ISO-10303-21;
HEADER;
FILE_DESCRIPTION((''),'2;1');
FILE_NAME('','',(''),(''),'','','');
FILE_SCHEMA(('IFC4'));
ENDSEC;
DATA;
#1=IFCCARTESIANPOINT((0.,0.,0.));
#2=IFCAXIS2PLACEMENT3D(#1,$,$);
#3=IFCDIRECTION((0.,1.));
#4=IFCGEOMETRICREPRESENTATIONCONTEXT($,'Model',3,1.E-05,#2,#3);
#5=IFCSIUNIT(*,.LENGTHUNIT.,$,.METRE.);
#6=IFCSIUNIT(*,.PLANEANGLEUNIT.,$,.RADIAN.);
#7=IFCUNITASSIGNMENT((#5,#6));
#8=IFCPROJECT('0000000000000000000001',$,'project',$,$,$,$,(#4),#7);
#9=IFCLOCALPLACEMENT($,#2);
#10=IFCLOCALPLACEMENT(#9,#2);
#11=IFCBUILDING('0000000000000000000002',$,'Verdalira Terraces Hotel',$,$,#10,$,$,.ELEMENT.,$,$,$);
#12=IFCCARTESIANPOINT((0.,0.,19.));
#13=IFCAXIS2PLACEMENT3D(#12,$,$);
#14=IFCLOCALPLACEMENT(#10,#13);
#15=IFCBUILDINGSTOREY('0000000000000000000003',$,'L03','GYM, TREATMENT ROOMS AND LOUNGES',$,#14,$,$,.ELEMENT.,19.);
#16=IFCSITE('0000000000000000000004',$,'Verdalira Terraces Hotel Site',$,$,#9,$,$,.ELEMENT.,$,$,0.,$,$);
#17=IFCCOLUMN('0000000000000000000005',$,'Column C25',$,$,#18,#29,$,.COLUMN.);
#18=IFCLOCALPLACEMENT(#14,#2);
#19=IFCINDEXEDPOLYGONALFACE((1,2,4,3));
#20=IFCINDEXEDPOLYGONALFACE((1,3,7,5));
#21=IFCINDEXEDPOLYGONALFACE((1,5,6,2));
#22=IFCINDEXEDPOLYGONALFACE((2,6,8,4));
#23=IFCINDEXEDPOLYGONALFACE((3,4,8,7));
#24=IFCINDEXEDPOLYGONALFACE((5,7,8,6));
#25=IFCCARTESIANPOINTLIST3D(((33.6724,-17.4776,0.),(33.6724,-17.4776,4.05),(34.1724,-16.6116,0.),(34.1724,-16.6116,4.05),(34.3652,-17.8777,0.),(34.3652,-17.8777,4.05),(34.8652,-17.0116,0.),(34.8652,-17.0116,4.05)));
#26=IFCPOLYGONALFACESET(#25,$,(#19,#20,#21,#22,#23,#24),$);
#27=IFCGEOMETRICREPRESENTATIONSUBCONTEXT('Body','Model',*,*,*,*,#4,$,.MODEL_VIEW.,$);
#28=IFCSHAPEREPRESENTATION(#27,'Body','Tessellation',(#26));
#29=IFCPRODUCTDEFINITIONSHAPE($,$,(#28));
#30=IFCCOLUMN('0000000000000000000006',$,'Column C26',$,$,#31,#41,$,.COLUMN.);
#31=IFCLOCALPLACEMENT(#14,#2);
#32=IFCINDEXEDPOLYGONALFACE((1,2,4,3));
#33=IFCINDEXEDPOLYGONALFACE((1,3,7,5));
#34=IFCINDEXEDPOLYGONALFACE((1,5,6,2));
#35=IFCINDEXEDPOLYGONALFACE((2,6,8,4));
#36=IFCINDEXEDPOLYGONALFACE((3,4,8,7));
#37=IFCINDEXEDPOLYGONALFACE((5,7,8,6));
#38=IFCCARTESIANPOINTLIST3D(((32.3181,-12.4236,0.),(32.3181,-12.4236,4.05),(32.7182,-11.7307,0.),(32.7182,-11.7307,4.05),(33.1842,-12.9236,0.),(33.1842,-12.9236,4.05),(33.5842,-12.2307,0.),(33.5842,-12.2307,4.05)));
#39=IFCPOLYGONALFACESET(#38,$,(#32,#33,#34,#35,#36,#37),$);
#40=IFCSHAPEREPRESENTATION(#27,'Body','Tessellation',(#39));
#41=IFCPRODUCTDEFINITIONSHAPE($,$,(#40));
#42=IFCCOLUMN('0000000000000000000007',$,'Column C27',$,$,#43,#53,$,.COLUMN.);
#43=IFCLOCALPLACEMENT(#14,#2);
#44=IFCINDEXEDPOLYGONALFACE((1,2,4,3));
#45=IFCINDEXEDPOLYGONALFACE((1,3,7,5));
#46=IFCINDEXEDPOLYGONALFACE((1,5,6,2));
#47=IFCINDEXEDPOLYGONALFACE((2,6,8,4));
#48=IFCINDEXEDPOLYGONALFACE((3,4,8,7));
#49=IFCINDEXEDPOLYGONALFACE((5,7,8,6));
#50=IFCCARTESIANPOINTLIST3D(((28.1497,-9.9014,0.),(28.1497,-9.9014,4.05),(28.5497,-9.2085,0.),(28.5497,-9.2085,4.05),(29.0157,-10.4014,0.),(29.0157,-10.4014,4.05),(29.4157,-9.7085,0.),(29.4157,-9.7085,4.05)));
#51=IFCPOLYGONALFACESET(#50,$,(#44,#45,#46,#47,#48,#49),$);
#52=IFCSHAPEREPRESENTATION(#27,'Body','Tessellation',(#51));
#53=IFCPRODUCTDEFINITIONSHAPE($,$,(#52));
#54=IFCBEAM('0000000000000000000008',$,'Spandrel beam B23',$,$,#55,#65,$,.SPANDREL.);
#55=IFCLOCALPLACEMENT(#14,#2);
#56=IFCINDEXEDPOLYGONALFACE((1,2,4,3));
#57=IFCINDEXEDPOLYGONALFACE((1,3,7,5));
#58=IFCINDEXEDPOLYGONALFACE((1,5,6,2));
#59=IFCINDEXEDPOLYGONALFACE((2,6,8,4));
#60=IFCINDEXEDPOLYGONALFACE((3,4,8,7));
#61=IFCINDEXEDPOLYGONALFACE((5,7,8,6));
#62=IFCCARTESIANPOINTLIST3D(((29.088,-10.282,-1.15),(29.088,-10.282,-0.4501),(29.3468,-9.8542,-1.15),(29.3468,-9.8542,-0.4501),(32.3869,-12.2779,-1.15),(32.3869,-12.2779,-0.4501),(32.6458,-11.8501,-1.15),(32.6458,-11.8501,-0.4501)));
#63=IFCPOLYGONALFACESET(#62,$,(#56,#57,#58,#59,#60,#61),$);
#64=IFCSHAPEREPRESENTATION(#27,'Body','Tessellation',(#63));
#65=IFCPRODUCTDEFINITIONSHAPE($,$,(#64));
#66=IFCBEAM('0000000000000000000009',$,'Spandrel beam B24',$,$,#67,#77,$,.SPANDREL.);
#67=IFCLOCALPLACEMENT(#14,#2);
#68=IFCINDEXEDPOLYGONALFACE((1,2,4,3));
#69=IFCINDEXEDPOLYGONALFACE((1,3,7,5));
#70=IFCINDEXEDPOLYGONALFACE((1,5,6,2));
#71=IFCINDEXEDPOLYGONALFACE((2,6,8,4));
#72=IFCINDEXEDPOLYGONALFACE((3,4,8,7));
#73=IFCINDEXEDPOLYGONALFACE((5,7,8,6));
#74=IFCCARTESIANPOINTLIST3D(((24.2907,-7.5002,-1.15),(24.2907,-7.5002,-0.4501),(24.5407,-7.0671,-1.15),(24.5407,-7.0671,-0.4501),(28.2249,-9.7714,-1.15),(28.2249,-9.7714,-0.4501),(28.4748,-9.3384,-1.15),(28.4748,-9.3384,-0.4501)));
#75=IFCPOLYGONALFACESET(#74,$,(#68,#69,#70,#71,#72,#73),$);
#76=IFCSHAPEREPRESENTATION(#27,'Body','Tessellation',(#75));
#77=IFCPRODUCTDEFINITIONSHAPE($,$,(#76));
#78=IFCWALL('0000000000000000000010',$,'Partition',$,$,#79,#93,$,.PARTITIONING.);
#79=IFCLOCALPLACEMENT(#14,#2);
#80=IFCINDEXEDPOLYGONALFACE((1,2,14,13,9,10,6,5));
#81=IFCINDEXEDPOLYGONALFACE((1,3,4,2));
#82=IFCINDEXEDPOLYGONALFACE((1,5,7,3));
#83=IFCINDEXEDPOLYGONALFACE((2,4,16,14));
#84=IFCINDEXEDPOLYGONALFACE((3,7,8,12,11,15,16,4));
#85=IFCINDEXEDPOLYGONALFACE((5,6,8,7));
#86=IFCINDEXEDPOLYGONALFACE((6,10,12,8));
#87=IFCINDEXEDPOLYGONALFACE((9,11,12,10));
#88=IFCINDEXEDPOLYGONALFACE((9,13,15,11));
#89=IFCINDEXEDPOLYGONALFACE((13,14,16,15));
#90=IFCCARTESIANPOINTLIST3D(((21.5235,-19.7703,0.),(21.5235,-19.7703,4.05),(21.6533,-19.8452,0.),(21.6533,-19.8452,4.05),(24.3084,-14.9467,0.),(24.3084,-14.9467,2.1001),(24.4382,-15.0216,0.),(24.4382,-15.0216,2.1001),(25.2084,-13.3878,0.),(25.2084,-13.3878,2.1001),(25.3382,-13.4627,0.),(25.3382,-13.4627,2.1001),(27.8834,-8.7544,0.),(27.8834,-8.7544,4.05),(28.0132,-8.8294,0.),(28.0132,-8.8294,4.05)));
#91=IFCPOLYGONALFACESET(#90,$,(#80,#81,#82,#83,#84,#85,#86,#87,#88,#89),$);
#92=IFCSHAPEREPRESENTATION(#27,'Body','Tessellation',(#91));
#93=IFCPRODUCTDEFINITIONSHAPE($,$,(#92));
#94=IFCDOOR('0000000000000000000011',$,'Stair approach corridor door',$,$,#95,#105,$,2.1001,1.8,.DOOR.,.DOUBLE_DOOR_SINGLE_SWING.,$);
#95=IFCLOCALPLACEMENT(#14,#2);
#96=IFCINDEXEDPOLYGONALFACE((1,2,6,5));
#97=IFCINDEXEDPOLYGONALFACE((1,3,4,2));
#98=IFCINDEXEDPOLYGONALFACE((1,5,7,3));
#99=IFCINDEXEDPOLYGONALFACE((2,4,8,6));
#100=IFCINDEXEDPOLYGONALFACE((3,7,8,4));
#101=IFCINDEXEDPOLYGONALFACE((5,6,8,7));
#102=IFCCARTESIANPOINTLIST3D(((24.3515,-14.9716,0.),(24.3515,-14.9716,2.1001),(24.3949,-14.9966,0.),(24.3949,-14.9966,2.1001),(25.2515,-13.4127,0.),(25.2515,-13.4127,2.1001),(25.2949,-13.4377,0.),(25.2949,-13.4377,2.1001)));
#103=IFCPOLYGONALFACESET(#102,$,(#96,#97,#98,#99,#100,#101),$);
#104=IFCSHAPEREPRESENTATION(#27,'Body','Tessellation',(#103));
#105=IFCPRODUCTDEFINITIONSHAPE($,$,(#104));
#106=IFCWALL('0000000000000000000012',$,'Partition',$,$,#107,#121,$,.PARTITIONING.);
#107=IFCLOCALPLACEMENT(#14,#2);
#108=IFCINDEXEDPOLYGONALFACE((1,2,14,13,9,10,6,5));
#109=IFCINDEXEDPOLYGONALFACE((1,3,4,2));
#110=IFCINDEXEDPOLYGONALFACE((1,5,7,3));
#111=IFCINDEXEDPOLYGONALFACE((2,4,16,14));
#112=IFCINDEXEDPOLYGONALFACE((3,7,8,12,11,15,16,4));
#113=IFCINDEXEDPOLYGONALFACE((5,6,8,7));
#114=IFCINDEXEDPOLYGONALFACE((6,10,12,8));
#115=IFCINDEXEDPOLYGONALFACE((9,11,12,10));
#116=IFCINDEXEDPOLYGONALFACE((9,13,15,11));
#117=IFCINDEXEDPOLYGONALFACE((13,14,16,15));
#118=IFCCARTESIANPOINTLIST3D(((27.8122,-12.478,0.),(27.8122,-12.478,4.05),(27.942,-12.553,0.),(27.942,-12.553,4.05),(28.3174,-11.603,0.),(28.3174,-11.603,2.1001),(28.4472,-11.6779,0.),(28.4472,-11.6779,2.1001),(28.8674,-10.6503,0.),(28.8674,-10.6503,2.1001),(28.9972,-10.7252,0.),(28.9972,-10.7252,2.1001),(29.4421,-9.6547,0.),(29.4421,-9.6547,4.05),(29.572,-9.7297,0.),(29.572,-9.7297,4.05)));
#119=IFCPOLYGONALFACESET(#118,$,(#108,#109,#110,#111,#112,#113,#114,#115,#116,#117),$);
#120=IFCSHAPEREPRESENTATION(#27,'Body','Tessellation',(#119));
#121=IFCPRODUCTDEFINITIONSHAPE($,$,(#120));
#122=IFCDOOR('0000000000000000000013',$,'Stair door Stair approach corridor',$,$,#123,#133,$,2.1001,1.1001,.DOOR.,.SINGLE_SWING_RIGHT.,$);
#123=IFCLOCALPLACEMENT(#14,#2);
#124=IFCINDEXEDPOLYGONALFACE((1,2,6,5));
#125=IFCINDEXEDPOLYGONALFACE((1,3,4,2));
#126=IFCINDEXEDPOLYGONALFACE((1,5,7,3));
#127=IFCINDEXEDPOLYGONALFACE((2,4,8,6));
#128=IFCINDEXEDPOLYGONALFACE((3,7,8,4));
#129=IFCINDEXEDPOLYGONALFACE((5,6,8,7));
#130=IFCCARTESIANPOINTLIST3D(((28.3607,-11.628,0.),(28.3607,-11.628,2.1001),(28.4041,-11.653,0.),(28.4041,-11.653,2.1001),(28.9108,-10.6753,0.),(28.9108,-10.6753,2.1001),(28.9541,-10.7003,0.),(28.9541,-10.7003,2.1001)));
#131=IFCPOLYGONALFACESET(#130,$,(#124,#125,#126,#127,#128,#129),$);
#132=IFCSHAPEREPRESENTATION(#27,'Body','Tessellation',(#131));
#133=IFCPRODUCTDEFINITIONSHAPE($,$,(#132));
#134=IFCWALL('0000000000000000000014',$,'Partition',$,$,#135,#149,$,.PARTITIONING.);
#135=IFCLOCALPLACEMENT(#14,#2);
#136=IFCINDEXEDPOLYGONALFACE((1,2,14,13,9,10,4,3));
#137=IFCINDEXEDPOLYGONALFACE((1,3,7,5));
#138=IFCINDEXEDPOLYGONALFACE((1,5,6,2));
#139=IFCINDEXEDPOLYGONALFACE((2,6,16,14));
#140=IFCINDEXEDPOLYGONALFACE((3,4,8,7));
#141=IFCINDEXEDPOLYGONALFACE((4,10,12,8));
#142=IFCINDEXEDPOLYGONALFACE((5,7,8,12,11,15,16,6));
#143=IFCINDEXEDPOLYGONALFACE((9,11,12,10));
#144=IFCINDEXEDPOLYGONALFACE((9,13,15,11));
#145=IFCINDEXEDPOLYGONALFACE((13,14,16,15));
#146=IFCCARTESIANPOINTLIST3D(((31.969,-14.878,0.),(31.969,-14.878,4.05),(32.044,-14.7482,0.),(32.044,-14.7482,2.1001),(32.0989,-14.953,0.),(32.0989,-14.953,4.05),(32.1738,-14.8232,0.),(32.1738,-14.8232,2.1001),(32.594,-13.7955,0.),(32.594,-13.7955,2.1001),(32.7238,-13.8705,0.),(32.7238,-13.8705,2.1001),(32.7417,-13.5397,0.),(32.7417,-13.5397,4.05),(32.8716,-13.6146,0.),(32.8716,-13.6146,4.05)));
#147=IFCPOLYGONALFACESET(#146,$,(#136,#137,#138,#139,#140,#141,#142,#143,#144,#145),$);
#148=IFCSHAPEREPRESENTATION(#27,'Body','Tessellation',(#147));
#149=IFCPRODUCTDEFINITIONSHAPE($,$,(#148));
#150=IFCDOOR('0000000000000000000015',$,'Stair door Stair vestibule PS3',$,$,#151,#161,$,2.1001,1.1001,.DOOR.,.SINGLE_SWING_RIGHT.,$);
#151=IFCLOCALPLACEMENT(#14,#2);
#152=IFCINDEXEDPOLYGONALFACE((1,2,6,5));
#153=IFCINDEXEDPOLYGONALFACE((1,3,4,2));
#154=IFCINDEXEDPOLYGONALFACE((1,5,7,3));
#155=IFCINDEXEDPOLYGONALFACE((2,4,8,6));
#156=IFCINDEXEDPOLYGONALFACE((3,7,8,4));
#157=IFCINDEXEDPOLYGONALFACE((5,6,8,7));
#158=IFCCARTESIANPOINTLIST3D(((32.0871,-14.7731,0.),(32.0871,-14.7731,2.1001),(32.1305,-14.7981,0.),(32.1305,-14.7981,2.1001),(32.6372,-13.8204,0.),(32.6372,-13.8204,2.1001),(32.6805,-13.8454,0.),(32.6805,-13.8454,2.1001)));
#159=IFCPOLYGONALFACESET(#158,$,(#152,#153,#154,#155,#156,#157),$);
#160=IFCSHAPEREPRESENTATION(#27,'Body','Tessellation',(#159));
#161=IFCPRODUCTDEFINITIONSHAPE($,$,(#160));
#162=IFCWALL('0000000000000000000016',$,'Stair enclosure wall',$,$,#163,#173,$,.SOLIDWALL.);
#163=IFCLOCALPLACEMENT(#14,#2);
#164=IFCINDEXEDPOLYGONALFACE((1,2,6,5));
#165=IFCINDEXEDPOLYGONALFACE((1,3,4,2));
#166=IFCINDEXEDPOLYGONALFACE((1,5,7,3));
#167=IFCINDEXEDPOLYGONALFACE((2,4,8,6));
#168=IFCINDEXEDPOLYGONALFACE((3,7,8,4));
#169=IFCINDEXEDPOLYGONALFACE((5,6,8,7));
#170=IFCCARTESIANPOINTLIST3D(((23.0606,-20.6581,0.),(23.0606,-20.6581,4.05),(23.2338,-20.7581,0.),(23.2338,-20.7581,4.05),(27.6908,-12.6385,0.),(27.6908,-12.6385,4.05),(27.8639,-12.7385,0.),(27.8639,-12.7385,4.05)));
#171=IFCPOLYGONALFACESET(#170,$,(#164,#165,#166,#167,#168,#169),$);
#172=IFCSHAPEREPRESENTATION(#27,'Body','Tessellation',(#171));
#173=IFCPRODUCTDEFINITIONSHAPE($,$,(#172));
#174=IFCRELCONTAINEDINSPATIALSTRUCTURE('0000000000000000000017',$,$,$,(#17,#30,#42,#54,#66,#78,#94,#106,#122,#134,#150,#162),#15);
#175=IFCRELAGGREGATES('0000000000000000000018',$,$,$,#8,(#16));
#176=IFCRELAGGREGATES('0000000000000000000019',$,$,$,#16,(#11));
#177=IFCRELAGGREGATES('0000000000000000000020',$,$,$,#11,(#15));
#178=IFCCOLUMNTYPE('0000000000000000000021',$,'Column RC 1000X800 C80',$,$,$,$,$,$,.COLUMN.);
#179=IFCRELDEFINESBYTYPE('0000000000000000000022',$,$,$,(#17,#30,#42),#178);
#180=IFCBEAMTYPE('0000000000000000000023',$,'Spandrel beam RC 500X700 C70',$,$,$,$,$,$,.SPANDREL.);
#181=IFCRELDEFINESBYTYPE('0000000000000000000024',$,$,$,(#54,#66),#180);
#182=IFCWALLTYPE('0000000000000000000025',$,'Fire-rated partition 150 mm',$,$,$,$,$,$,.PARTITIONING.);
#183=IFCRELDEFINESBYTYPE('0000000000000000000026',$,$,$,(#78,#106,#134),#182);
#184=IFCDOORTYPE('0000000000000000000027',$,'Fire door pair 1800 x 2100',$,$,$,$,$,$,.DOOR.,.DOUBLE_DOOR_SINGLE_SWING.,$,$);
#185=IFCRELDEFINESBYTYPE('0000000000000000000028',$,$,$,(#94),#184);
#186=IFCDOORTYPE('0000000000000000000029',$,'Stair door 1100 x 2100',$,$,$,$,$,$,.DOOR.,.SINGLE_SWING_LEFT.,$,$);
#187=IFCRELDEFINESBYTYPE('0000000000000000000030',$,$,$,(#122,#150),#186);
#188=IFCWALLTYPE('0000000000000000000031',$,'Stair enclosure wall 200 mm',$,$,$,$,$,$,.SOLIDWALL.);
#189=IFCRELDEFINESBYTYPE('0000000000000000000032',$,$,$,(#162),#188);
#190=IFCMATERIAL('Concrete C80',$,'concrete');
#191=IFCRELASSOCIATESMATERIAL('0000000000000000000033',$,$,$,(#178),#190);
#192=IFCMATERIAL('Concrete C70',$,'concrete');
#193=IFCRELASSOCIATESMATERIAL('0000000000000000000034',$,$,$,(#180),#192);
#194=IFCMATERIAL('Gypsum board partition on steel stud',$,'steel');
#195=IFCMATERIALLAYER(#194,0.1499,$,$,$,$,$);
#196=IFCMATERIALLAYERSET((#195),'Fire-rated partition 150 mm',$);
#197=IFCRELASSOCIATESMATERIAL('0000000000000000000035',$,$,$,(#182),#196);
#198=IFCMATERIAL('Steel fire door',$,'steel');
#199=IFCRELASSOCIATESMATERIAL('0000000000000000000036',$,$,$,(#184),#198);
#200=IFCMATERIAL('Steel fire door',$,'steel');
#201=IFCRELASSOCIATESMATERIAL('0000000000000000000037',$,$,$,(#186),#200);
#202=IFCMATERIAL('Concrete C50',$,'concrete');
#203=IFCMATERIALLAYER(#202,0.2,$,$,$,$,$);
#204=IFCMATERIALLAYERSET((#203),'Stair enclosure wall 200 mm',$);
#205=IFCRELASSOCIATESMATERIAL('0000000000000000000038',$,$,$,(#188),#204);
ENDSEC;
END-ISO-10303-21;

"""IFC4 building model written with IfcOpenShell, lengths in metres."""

from ifc_helpers import new_model, si_unit, direction, frame, frame_2d, origin, origin_2d, place, context, subcontext, project, spatial, rectangle, extrude, material, layer, layer_set, material_profile, profile_set, type_object, element, fill, save


model = new_model("IFC4")

# Units and contexts
model_context = context("Model", 3, precision=1e-05, world=origin(), true_north=direction((0.0, 1.0)))
body_context = subcontext(model_context, "Body", "Model", "MODEL_VIEW")
ifc_project = project(units=[si_unit("LENGTHUNIT", "METRE"), si_unit("PLANEANGLEUNIT", "RADIAN")], contexts=[model_context])

# Site, building, storey
site_placement = place(None, origin())
site = spatial("IfcSite", under=ifc_project, at=site_placement, Name="Verdalira Terraces Hotel Site", CompositionType="ELEMENT", RefElevation=0.0)
building_placement = place(site_placement, origin())
building = spatial("IfcBuilding", under=site, at=building_placement, Name="Verdalira Terraces Hotel", CompositionType="ELEMENT")
storey_placement = place(building_placement, frame((0.0, 0.0, 19.0)))
storey = spatial("IfcBuildingStorey", under=building, at=storey_placement, Name="L03", Description="GYM, TREATMENT ROOMS AND LOUNGES", CompositionType="ELEMENT", Elevation=19.0)

# Columns
ifc_material_1 = material(Name="Concrete C80", Category="concrete")
ifc_material_profile_1 = material_profile(ifc_material_1, rectangle(XDim=1.0, YDim=0.8, at=origin_2d()), Name="RC 1000X800")
ifc_profile_set_1 = profile_set([ifc_material_profile_1], Name="Concrete C80")
column_type = type_object("IfcColumnType", Name="Column RC 1000X800 C80", PredefinedType="COLUMN", material=ifc_profile_set_1)
for number, where, z_axis, x_axis, name in (
    (1, (34.2688, -17.2446, 0.0), (0.0, 0.0, 1.0), (0.5, 0.866025, 0.0), "Column C25"),
    (2, (32.9512, -12.3271, 0.0), (0.0, 0.0, 1.0), (-0.866025, 0.5, 0.0), "Column C26"),
    (3, (28.7827, -9.8049, 0.0), (0.0, 0.0, 1.0), (-0.866025, 0.5, 0.0), "Column C27"),
):
    element("IfcColumn", number, at=place(storey_placement, frame(where, z_axis=z_axis, x_axis=x_axis)), inside=storey, type_object=column_type, Name=name, PredefinedType="COLUMN", context=body_context, shape_type="SweptSolid", body=[
        extrude(rectangle(XDim=1.0, YDim=0.8, at=origin_2d()), origin(), (0.0, 0.0, 1.0), 4.05),
    ])

# Beams
ifc_material_2 = material(Name="Concrete C70", Category="concrete")
ifc_material_profile_2 = material_profile(ifc_material_2, rectangle(XDim=0.5, YDim=0.7, at=origin_2d()), Name="RC 500X700")
ifc_profile_set_2 = profile_set([ifc_material_profile_2], Name="Concrete C70")
beam_type = type_object("IfcBeamType", Name="Spandrel beam RC 500X700 C70", PredefinedType="SPANDREL", material=ifc_profile_set_2)
beam_1_placement = place(storey_placement, frame((32.5164, -12.064, -0.8), z_axis=(-0.855593, 0.517649, 0.0), x_axis=(-0.517649, -0.855593, 0.0)))
element("IfcBeam", 4, at=beam_1_placement, inside=storey, type_object=beam_type, Name="Spandrel beam B23", PredefinedType="SPANDREL", context=body_context, shape_type="SweptSolid", body=[
    extrude(rectangle(XDim=0.5, YDim=0.7, at=origin_2d()), origin(), (0.0, 0.0, 1.0), 3.8557),
])
beam_2_placement = place(storey_placement, frame((28.3499, -9.5549, -0.8), z_axis=(-0.866035, 0.499983, 0.0), x_axis=(-0.499983, -0.866035, 0.0)))
element("IfcBeam", 5, at=beam_2_placement, inside=storey, type_object=beam_type, Name="Spandrel beam B24", PredefinedType="SPANDREL", context=body_context, shape_type="SweptSolid", body=[
    extrude(rectangle(XDim=0.5, YDim=0.7, at=origin_2d()), origin(), (0.0, 0.0, 1.0), 4.5427),
])

# Walls, openings, doors
ifc_material_3 = material(Name="Gypsum board partition on steel stud", Category="steel")
ifc_layer_1 = layer(ifc_material_3, 0.1499)
ifc_layer_set_1 = layer_set([ifc_layer_1], Name="Fire-rated partition 150 mm")
wall_type_1 = type_object("IfcWallType", Name="Fire-rated partition 150 mm", PredefinedType="PARTITIONING", material=ifc_layer_set_1)
wall_1_placement = place(storey_placement, frame((27.9482, -8.792, 0.0), z_axis=(0.0, 0.0, 1.0), x_axis=(-0.499991, -0.866031, 0.0)))
wall_1 = element("IfcWall", 6, at=wall_1_placement, inside=storey, type_object=wall_type_1, Name="Partition", PredefinedType="PARTITIONING", context=body_context, shape_type="SweptSolid", body=[
    extrude(rectangle(XDim=12.72, YDim=0.1499, at=frame_2d((6.3599, 0.0))), origin(), (0.0, 0.0, 1.0), 4.05),
])
opening_1_placement = place(wall_1_placement, frame((5.3501, 0.0, 0.0)))
opening_1 = element("IfcOpeningElement", 7, at=opening_1_placement, cuts=wall_1, PredefinedType="OPENING", context=body_context, shape_type="SweptSolid", body=[
    extrude(rectangle(XDim=1.8, YDim=2.1001, at=frame_2d((0.8999, 1.05))), frame((0.0, 0.085, 0.0), z_axis=(0.0, -1.0, 0.0), x_axis=(1.0, 0.0, 0.0)), (0.0, 0.0, 1.0), 0.1699),
])
ifc_material_4 = material(Name="Steel fire door", Category="steel")
door_type_1 = type_object("IfcDoorType", Name="Fire door pair 1800 x 2100", OperationType="DOUBLE_DOOR_SINGLE_SWING", PredefinedType="DOOR", material=ifc_material_4)
door_1_placement = place(opening_1_placement, origin())
door_1 = element("IfcDoor", 8, at=door_1_placement, inside=storey, type_object=door_type_1, Name="Stair approach corridor door", OperationType="DOUBLE_DOOR_SINGLE_SWING", OverallHeight=2.1001, OverallWidth=1.8, PredefinedType="DOOR", context=body_context, shape_type="SweptSolid", body=[
    extrude(rectangle(XDim=1.8, YDim=2.1001, at=frame_2d((0.8999, 1.05))), frame((0.0, 0.0249, 0.0), z_axis=(0.0, -1.0, 0.0), x_axis=(1.0, 0.0, 0.0)), (0.0, 0.0, 1.0), 0.05),
])
fill(opening_1, door_1)
wall_2_placement = place(storey_placement, frame((27.8772, -12.5154, 0.0), z_axis=(0.0, 0.0, 1.0), x_axis=(0.499973, 0.866041, 0.0)))
wall_2 = element("IfcWall", 9, at=wall_2_placement, inside=storey, type_object=wall_type_1, Name="Partition", PredefinedType="PARTITIONING", context=body_context, shape_type="SweptSolid", body=[
    extrude(rectangle(XDim=3.26, YDim=0.1499, at=frame_2d((1.6299, 0.0))), origin(), (0.0, 0.0, 1.0), 4.05),
])
opening_2_placement = place(wall_2_placement, frame((1.0103, 0.0, 0.0)))
opening_2 = element("IfcOpeningElement", 10, at=opening_2_placement, cuts=wall_2, PredefinedType="OPENING", context=body_context, shape_type="SweptSolid", body=[
    extrude(rectangle(XDim=1.1001, YDim=2.1001, at=frame_2d((0.55, 1.05))), frame((0.0, 0.085, 0.0), z_axis=(0.0, -1.0, 0.0), x_axis=(1.0, 0.0, 0.0)), (0.0, 0.0, 1.0), 0.1699),
])
ifc_material_5 = material(Name="Steel fire door", Category="steel")
door_type_2 = type_object("IfcDoorType", Name="Stair door 1100 x 2100", OperationType="SINGLE_SWING_LEFT", PredefinedType="DOOR", material=ifc_material_5)
door_2_placement = place(opening_2_placement, origin())
door_2 = element("IfcDoor", 11, at=door_2_placement, inside=storey, type_object=door_type_2, Name="Stair door Stair approach corridor", OperationType="SINGLE_SWING_RIGHT", OverallHeight=2.1001, OverallWidth=1.1001, PredefinedType="DOOR", context=body_context, shape_type="SweptSolid", body=[
    extrude(rectangle(XDim=1.1001, YDim=2.1001, at=frame_2d((0.55, 1.05))), frame((0.0, 0.0249, 0.0), z_axis=(0.0, -1.0, 0.0), x_axis=(1.0, 0.0, 0.0)), (0.0, 0.0, 1.0), 0.05),
])
fill(opening_2, door_2)
wall_3_placement = place(storey_placement, frame((32.8066, -13.5771, 0.0), z_axis=(0.0, 0.0, 1.0), x_axis=(-0.499996, -0.866028, 0.0)))
wall_3 = element("IfcWall", 12, at=wall_3_placement, inside=storey, type_object=wall_type_1, Name="Partition", PredefinedType="PARTITIONING", context=body_context, shape_type="SweptSolid", body=[
    extrude(rectangle(XDim=1.5454, YDim=0.1499, at=frame_2d((0.7727, 0.0))), origin(), (0.0, 0.0, 1.0), 4.05),
])
opening_3_placement = place(wall_3_placement, frame((0.2954, 0.0, 0.0)))
opening_3 = element("IfcOpeningElement", 13, at=opening_3_placement, cuts=wall_3, PredefinedType="OPENING", context=body_context, shape_type="SweptSolid", body=[
    extrude(rectangle(XDim=1.1001, YDim=2.1001, at=frame_2d((0.55, 1.05))), frame((0.0, 0.085, 0.0), z_axis=(0.0, -1.0, 0.0), x_axis=(1.0, 0.0, 0.0)), (0.0, 0.0, 1.0), 0.1699),
])
door_3_placement = place(opening_3_placement, origin())
door_3 = element("IfcDoor", 14, at=door_3_placement, inside=storey, type_object=door_type_2, Name="Stair door Stair vestibule PS3", OperationType="SINGLE_SWING_RIGHT", OverallHeight=2.1001, OverallWidth=1.1001, PredefinedType="DOOR", context=body_context, shape_type="SweptSolid", body=[
    extrude(rectangle(XDim=1.1001, YDim=2.1001, at=frame_2d((0.55, 1.05))), frame((0.0, 0.0249, 0.0), z_axis=(0.0, -1.0, 0.0), x_axis=(1.0, 0.0, 0.0)), (0.0, 0.0, 1.0), 0.05),
])
fill(opening_3, door_3)

# Wall
ifc_material_6 = material(Name="Concrete C50", Category="concrete")
ifc_layer_2 = layer(ifc_material_6, 0.2)
ifc_layer_set_2 = layer_set([ifc_layer_2], Name="Stair enclosure wall 200 mm")
wall_type_2 = type_object("IfcWallType", Name="Stair enclosure wall 200 mm", PredefinedType="SOLIDWALL", material=ifc_layer_set_2)
wall_4_placement = place(storey_placement, frame((27.7773, -12.6885, 0.0), z_axis=(0.0, 0.0, 1.0), x_axis=(-0.500004, -0.866023, 0.0)))
element("IfcWall", 15, at=wall_4_placement, inside=storey, type_object=wall_type_2, Name="Stair enclosure wall", PredefinedType="SOLIDWALL", context=body_context, shape_type="SweptSolid", body=[
    extrude(rectangle(XDim=9.2603, YDim=0.2, at=frame_2d((4.6301, 0.0))), origin(), (0.0, 0.0, 1.0), 4.05),
])

save(model, "model.ifc")
